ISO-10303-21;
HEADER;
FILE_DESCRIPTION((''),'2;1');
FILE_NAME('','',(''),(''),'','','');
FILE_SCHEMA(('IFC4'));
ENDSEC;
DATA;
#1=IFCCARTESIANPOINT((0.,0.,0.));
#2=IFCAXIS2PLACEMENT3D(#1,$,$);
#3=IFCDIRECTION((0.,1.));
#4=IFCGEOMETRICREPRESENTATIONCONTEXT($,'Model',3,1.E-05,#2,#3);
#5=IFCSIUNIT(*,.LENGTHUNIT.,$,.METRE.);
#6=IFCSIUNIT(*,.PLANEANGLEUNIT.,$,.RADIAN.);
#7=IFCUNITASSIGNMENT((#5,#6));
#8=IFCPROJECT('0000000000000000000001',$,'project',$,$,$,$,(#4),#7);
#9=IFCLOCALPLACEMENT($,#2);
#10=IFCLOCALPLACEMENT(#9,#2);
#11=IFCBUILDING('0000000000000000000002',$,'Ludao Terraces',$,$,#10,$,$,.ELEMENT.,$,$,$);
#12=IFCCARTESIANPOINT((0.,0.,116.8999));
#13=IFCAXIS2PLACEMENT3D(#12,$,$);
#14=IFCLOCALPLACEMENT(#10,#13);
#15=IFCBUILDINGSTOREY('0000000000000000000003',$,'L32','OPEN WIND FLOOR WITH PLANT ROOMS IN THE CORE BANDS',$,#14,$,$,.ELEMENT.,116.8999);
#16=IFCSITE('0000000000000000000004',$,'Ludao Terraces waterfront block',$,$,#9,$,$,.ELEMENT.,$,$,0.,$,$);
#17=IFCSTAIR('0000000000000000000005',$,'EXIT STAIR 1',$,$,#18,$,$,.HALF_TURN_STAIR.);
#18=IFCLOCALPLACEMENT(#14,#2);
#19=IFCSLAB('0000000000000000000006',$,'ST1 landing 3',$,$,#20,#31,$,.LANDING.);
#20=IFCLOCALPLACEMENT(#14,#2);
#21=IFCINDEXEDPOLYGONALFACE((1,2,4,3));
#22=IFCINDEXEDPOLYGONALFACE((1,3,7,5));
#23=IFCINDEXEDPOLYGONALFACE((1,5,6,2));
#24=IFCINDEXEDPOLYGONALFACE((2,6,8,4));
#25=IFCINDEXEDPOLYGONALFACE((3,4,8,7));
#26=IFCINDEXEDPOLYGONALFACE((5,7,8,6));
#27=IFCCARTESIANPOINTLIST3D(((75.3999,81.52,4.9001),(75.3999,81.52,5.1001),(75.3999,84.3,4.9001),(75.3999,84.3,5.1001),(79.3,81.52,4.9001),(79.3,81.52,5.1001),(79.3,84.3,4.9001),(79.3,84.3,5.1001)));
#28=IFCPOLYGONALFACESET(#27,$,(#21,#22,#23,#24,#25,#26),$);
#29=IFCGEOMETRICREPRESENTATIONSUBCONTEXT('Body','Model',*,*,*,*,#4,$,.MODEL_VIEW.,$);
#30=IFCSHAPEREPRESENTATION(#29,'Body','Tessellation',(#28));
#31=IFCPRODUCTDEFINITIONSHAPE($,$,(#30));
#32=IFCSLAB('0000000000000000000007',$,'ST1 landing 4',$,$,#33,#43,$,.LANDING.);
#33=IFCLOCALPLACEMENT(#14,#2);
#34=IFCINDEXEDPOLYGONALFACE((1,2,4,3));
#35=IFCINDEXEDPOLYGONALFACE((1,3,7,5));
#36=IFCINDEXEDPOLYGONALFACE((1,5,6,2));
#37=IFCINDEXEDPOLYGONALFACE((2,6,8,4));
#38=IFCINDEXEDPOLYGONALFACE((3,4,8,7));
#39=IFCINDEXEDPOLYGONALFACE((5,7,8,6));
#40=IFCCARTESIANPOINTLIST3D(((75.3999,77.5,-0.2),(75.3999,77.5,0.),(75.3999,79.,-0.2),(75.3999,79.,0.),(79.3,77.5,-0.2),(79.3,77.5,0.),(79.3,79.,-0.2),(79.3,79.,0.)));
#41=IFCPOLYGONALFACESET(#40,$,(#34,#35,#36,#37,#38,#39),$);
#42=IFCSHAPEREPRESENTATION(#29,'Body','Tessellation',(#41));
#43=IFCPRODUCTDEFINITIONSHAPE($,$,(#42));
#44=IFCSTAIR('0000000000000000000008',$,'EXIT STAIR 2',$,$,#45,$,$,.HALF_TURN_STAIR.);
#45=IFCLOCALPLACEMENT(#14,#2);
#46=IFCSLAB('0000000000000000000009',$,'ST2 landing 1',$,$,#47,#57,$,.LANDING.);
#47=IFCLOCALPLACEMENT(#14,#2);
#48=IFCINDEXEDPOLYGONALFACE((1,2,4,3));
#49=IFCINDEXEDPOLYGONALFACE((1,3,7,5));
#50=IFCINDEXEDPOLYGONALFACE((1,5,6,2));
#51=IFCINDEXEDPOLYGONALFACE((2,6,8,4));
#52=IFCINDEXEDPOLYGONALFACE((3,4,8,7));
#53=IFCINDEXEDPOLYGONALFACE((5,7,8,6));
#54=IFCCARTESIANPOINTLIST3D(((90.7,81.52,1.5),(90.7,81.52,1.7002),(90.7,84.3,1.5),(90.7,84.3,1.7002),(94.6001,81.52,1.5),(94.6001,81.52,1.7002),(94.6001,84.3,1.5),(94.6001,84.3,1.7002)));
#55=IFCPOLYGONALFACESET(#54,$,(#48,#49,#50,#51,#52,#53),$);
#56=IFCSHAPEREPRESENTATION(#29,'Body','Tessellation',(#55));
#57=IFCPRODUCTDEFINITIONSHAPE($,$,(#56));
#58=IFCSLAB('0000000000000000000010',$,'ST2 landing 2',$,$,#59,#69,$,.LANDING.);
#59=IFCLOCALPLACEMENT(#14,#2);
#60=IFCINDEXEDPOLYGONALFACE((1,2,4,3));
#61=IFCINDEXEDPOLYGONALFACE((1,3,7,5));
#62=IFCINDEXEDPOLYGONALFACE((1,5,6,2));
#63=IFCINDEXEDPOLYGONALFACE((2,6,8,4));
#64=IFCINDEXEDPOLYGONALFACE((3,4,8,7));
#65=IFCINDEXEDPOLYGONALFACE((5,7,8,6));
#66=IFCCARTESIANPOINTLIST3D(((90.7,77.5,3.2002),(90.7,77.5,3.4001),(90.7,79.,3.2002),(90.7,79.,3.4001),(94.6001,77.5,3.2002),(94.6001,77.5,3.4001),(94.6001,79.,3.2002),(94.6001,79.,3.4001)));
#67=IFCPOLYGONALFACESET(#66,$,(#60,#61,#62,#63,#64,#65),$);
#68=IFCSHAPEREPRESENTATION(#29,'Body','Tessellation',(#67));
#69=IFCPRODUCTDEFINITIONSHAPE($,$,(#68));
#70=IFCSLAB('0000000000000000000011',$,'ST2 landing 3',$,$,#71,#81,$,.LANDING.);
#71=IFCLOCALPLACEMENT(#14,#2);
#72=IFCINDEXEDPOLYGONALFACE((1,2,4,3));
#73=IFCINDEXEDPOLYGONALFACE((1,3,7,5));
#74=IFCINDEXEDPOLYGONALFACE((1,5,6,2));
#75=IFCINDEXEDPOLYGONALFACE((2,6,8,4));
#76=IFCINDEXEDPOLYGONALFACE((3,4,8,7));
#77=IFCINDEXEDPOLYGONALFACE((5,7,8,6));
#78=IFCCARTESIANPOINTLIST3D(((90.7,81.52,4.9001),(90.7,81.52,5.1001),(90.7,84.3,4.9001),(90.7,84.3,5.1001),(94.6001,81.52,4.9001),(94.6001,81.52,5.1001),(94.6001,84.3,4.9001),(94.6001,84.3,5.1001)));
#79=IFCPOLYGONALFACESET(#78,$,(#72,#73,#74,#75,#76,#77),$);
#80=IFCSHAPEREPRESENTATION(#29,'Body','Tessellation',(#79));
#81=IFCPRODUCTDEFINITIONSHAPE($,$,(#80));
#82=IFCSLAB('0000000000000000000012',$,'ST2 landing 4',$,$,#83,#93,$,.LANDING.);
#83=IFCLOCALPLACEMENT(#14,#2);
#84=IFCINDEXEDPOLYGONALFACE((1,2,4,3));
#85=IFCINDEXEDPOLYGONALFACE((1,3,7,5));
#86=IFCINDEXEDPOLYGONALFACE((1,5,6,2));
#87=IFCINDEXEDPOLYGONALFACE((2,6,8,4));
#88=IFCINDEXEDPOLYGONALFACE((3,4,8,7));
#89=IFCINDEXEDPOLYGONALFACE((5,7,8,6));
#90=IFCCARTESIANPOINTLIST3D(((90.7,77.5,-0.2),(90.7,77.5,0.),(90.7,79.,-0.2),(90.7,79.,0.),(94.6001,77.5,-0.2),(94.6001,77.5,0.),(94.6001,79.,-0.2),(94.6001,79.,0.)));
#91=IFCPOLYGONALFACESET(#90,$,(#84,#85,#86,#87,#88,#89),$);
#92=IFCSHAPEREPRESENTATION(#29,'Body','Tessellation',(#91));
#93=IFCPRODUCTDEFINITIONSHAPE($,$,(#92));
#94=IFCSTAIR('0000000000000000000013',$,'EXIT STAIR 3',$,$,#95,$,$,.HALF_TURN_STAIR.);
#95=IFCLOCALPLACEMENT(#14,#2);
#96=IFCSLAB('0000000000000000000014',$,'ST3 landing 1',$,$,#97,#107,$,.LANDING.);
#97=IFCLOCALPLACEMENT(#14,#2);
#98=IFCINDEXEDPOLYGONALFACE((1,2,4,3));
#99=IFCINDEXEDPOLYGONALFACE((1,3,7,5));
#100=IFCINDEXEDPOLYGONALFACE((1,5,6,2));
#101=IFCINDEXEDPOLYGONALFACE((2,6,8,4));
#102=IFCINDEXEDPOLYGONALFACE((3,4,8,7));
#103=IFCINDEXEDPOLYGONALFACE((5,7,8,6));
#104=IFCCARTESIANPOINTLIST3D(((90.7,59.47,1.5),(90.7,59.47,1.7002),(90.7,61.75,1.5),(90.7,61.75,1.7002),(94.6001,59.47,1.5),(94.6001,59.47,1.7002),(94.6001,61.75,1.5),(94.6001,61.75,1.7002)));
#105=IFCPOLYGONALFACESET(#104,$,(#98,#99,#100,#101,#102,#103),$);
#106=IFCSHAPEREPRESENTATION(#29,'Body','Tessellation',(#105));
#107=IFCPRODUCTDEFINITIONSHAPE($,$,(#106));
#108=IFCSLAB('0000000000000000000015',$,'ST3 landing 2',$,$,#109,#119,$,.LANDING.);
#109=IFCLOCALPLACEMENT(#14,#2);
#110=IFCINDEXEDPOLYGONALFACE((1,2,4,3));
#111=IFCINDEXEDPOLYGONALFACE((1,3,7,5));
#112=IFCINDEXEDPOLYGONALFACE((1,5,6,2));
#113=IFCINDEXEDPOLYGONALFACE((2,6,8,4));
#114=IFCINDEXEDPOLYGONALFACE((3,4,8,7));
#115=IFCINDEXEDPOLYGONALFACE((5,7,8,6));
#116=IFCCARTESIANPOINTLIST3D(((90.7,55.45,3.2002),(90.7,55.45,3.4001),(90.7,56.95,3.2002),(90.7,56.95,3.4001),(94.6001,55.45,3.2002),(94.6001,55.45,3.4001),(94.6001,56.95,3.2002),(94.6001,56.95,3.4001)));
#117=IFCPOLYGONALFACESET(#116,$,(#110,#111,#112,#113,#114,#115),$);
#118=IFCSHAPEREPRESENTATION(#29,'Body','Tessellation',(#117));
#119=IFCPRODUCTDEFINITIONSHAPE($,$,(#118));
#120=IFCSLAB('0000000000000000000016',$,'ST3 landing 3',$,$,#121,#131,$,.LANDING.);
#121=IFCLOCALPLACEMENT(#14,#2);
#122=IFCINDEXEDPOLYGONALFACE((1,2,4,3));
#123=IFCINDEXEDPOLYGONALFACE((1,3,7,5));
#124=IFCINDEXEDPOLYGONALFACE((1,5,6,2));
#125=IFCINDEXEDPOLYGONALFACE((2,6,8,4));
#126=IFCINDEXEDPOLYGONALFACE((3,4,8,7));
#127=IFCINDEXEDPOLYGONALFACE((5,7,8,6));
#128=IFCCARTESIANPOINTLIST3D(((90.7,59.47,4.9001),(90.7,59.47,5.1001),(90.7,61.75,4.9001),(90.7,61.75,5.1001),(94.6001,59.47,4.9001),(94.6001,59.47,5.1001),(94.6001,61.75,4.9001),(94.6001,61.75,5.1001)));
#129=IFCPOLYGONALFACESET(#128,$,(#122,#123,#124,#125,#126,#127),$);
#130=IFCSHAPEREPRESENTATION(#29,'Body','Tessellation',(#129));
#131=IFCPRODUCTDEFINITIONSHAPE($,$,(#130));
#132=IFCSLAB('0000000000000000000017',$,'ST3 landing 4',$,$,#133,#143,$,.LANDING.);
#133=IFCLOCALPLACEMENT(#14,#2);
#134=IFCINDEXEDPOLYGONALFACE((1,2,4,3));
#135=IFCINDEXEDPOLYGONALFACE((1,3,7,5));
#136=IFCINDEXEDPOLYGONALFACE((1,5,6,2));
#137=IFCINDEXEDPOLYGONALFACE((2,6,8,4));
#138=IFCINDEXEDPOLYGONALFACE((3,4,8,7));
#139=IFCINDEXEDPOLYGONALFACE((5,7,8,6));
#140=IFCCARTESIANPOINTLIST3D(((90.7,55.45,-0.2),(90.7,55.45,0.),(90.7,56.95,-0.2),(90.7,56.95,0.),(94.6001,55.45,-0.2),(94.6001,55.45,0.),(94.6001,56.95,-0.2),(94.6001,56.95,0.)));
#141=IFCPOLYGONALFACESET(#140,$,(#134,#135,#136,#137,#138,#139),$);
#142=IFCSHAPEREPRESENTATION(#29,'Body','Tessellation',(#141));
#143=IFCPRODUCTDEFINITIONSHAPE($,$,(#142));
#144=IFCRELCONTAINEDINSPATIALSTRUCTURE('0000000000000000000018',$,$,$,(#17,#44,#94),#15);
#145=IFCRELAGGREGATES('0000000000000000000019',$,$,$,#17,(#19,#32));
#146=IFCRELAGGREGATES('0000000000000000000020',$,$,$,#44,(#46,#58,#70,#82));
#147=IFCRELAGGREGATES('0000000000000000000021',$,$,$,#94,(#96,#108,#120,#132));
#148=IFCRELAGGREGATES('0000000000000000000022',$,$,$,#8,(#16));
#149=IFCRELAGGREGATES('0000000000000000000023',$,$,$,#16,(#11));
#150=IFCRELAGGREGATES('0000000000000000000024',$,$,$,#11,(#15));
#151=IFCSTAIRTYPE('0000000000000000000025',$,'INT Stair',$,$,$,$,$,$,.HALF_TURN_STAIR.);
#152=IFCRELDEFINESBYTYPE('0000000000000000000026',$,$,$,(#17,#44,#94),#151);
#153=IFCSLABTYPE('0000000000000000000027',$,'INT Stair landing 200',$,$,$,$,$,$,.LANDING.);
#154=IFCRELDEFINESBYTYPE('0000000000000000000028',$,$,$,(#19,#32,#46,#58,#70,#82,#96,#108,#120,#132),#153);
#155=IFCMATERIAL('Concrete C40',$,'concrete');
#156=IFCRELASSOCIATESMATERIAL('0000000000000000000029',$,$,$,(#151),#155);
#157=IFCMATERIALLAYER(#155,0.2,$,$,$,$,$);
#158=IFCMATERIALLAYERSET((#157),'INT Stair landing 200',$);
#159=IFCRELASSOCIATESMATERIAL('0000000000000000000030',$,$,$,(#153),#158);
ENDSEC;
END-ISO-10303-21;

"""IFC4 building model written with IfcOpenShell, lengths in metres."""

from ifc_helpers import new_model, si_unit, direction, frame, origin, place, context, subcontext, project, spatial, polyline, outline, extrude, material, layer, layer_set, type_object, element, aggregate, save


model = new_model("IFC4")

# Units and contexts
model_context = context("Model", 3, precision=1e-05, world=origin(), true_north=direction((0.0, 1.0)))
body_context = subcontext(model_context, "Body", "Model", "MODEL_VIEW")
ifc_project = project(units=[si_unit("LENGTHUNIT", "METRE"), si_unit("PLANEANGLEUNIT", "RADIAN")], contexts=[model_context])

# Site, building, storey
site_placement = place(None, origin())
site = spatial("IfcSite", under=ifc_project, at=site_placement, Name="Ludao Terraces waterfront block", CompositionType="ELEMENT", RefElevation=0.0)
building_placement = place(site_placement, origin())
building = spatial("IfcBuilding", under=site, at=building_placement, Name="Ludao Terraces", CompositionType="ELEMENT")
storey_placement = place(building_placement, frame((0.0, 0.0, 116.8999)))
storey = spatial("IfcBuildingStorey", under=building, at=storey_placement, Name="L32", Description="OPEN WIND FLOOR WITH PLANT ROOMS IN THE CORE BANDS", CompositionType="ELEMENT", Elevation=116.8999)

# Shared definitions
ifc_material_1 = material(Name="Concrete C40", Category="concrete")

# Stairs, slabs
stair_type = type_object("IfcStairType", Name="INT Stair", PredefinedType="HALF_TURN_STAIR", material=ifc_material_1)
stair_1_placement = place(storey_placement, origin())
stair_1 = element("IfcStair", 1, at=stair_1_placement, inside=storey, type_object=stair_type, Name="EXIT STAIR 1", PredefinedType="HALF_TURN_STAIR")
ifc_layer_1 = layer(ifc_material_1, 0.2)
ifc_layer_set_1 = layer_set([ifc_layer_1], Name="INT Stair landing 200")
slab_type_1 = type_object("IfcSlabType", Name="INT Stair landing 200", PredefinedType="LANDING", material=ifc_layer_set_1)
slab_1_placement = place(storey_placement, frame((0.0, 0.0, 4.9001)))
slab_1 = element("IfcSlab", 2, at=slab_1_placement, type_object=slab_type_1, Name="ST1 landing 3", PredefinedType="LANDING", context=body_context, shape_type="SweptSolid", body=[
    extrude(outline(polyline([(75.3999, 81.52), (79.3, 81.52), (79.3, 84.3), (75.3999, 84.3), (75.3999, 81.52)])), origin(), (0.0, 0.0, 1.0), 0.2),
])
slab_2_placement = place(storey_placement, frame((0.0, 0.0, -0.2)))
slab_2 = element("IfcSlab", 3, at=slab_2_placement, type_object=slab_type_1, Name="ST1 landing 4", PredefinedType="LANDING", context=body_context, shape_type="SweptSolid", body=[
    extrude(outline(polyline([(75.3999, 77.5), (79.3, 77.5), (79.3, 79.0), (75.3999, 79.0), (75.3999, 77.5)])), origin(), (0.0, 0.0, 1.0), 0.2),
])
aggregate(stair_1, [slab_1, slab_2])
stair_2_placement = place(storey_placement, origin())
stair_2 = element("IfcStair", 4, at=stair_2_placement, inside=storey, type_object=stair_type, Name="EXIT STAIR 2", PredefinedType="HALF_TURN_STAIR")
slab_3_placement = place(storey_placement, frame((0.0, 0.0, 1.5)))
slab_3 = element("IfcSlab", 5, at=slab_3_placement, type_object=slab_type_1, Name="ST2 landing 1", PredefinedType="LANDING", context=body_context, shape_type="SweptSolid", body=[
    extrude(outline(polyline([(90.7, 81.52), (94.6001, 81.52), (94.6001, 84.3), (90.7, 84.3), (90.7, 81.52)])), origin(), (0.0, 0.0, 1.0), 0.2002),
])
slab_4_placement = place(storey_placement, frame((0.0, 0.0, 3.2002)))
slab_4 = element("IfcSlab", 6, at=slab_4_placement, type_object=slab_type_1, Name="ST2 landing 2", PredefinedType="LANDING", context=body_context, shape_type="SweptSolid", body=[
    extrude(outline(polyline([(90.7, 77.5), (94.6001, 77.5), (94.6001, 79.0), (90.7, 79.0), (90.7, 77.5)])), origin(), (0.0, 0.0, 1.0), 0.2),
])
slab_5_placement = place(storey_placement, frame((0.0, 0.0, 4.9001)))
slab_5 = element("IfcSlab", 7, at=slab_5_placement, type_object=slab_type_1, Name="ST2 landing 3", PredefinedType="LANDING", context=body_context, shape_type="SweptSolid", body=[
    extrude(outline(polyline([(90.7, 81.52), (94.6001, 81.52), (94.6001, 84.3), (90.7, 84.3), (90.7, 81.52)])), origin(), (0.0, 0.0, 1.0), 0.2),
])
slab_6_placement = place(storey_placement, frame((0.0, 0.0, -0.2)))
slab_6 = element("IfcSlab", 8, at=slab_6_placement, type_object=slab_type_1, Name="ST2 landing 4", PredefinedType="LANDING", context=body_context, shape_type="SweptSolid", body=[
    extrude(outline(polyline([(90.7, 77.5), (94.6001, 77.5), (94.6001, 79.0), (90.7, 79.0), (90.7, 77.5)])), origin(), (0.0, 0.0, 1.0), 0.2),
])
aggregate(stair_2, [slab_3, slab_4, slab_5, slab_6])
stair_3_placement = place(storey_placement, origin())
stair_3 = element("IfcStair", 9, at=stair_3_placement, inside=storey, type_object=stair_type, Name="EXIT STAIR 3", PredefinedType="HALF_TURN_STAIR")
slab_7_placement = place(storey_placement, frame((0.0, 0.0, 1.5)))
slab_7 = element("IfcSlab", 10, at=slab_7_placement, type_object=slab_type_1, Name="ST3 landing 1", PredefinedType="LANDING", context=body_context, shape_type="SweptSolid", body=[
    extrude(outline(polyline([(90.7, 59.47), (94.6001, 59.47), (94.6001, 61.75), (90.7, 61.75), (90.7, 59.47)])), origin(), (0.0, 0.0, 1.0), 0.2002),
])
slab_8_placement = place(storey_placement, frame((0.0, 0.0, 3.2002)))
slab_8 = element("IfcSlab", 11, at=slab_8_placement, type_object=slab_type_1, Name="ST3 landing 2", PredefinedType="LANDING", context=body_context, shape_type="SweptSolid", body=[
    extrude(outline(polyline([(90.7, 55.45), (94.6001, 55.45), (94.6001, 56.95), (90.7, 56.95), (90.7, 55.45)])), origin(), (0.0, 0.0, 1.0), 0.2),
])
slab_9_placement = place(storey_placement, frame((0.0, 0.0, 4.9001)))
slab_9 = element("IfcSlab", 12, at=slab_9_placement, type_object=slab_type_1, Name="ST3 landing 3", PredefinedType="LANDING", context=body_context, shape_type="SweptSolid", body=[
    extrude(outline(polyline([(90.7, 59.47), (94.6001, 59.47), (94.6001, 61.75), (90.7, 61.75), (90.7, 59.47)])), origin(), (0.0, 0.0, 1.0), 0.2),
])
slab_10_placement = place(storey_placement, frame((0.0, 0.0, -0.2)))
slab_10 = element("IfcSlab", 13, at=slab_10_placement, type_object=slab_type_1, Name="ST3 landing 4", PredefinedType="LANDING", context=body_context, shape_type="SweptSolid", body=[
    extrude(outline(polyline([(90.7, 55.45), (94.6001, 55.45), (94.6001, 56.95), (90.7, 56.95), (90.7, 55.45)])), origin(), (0.0, 0.0, 1.0), 0.2),
])
aggregate(stair_3, [slab_7, slab_8, slab_9, slab_10])

save(model, "model.ifc")
